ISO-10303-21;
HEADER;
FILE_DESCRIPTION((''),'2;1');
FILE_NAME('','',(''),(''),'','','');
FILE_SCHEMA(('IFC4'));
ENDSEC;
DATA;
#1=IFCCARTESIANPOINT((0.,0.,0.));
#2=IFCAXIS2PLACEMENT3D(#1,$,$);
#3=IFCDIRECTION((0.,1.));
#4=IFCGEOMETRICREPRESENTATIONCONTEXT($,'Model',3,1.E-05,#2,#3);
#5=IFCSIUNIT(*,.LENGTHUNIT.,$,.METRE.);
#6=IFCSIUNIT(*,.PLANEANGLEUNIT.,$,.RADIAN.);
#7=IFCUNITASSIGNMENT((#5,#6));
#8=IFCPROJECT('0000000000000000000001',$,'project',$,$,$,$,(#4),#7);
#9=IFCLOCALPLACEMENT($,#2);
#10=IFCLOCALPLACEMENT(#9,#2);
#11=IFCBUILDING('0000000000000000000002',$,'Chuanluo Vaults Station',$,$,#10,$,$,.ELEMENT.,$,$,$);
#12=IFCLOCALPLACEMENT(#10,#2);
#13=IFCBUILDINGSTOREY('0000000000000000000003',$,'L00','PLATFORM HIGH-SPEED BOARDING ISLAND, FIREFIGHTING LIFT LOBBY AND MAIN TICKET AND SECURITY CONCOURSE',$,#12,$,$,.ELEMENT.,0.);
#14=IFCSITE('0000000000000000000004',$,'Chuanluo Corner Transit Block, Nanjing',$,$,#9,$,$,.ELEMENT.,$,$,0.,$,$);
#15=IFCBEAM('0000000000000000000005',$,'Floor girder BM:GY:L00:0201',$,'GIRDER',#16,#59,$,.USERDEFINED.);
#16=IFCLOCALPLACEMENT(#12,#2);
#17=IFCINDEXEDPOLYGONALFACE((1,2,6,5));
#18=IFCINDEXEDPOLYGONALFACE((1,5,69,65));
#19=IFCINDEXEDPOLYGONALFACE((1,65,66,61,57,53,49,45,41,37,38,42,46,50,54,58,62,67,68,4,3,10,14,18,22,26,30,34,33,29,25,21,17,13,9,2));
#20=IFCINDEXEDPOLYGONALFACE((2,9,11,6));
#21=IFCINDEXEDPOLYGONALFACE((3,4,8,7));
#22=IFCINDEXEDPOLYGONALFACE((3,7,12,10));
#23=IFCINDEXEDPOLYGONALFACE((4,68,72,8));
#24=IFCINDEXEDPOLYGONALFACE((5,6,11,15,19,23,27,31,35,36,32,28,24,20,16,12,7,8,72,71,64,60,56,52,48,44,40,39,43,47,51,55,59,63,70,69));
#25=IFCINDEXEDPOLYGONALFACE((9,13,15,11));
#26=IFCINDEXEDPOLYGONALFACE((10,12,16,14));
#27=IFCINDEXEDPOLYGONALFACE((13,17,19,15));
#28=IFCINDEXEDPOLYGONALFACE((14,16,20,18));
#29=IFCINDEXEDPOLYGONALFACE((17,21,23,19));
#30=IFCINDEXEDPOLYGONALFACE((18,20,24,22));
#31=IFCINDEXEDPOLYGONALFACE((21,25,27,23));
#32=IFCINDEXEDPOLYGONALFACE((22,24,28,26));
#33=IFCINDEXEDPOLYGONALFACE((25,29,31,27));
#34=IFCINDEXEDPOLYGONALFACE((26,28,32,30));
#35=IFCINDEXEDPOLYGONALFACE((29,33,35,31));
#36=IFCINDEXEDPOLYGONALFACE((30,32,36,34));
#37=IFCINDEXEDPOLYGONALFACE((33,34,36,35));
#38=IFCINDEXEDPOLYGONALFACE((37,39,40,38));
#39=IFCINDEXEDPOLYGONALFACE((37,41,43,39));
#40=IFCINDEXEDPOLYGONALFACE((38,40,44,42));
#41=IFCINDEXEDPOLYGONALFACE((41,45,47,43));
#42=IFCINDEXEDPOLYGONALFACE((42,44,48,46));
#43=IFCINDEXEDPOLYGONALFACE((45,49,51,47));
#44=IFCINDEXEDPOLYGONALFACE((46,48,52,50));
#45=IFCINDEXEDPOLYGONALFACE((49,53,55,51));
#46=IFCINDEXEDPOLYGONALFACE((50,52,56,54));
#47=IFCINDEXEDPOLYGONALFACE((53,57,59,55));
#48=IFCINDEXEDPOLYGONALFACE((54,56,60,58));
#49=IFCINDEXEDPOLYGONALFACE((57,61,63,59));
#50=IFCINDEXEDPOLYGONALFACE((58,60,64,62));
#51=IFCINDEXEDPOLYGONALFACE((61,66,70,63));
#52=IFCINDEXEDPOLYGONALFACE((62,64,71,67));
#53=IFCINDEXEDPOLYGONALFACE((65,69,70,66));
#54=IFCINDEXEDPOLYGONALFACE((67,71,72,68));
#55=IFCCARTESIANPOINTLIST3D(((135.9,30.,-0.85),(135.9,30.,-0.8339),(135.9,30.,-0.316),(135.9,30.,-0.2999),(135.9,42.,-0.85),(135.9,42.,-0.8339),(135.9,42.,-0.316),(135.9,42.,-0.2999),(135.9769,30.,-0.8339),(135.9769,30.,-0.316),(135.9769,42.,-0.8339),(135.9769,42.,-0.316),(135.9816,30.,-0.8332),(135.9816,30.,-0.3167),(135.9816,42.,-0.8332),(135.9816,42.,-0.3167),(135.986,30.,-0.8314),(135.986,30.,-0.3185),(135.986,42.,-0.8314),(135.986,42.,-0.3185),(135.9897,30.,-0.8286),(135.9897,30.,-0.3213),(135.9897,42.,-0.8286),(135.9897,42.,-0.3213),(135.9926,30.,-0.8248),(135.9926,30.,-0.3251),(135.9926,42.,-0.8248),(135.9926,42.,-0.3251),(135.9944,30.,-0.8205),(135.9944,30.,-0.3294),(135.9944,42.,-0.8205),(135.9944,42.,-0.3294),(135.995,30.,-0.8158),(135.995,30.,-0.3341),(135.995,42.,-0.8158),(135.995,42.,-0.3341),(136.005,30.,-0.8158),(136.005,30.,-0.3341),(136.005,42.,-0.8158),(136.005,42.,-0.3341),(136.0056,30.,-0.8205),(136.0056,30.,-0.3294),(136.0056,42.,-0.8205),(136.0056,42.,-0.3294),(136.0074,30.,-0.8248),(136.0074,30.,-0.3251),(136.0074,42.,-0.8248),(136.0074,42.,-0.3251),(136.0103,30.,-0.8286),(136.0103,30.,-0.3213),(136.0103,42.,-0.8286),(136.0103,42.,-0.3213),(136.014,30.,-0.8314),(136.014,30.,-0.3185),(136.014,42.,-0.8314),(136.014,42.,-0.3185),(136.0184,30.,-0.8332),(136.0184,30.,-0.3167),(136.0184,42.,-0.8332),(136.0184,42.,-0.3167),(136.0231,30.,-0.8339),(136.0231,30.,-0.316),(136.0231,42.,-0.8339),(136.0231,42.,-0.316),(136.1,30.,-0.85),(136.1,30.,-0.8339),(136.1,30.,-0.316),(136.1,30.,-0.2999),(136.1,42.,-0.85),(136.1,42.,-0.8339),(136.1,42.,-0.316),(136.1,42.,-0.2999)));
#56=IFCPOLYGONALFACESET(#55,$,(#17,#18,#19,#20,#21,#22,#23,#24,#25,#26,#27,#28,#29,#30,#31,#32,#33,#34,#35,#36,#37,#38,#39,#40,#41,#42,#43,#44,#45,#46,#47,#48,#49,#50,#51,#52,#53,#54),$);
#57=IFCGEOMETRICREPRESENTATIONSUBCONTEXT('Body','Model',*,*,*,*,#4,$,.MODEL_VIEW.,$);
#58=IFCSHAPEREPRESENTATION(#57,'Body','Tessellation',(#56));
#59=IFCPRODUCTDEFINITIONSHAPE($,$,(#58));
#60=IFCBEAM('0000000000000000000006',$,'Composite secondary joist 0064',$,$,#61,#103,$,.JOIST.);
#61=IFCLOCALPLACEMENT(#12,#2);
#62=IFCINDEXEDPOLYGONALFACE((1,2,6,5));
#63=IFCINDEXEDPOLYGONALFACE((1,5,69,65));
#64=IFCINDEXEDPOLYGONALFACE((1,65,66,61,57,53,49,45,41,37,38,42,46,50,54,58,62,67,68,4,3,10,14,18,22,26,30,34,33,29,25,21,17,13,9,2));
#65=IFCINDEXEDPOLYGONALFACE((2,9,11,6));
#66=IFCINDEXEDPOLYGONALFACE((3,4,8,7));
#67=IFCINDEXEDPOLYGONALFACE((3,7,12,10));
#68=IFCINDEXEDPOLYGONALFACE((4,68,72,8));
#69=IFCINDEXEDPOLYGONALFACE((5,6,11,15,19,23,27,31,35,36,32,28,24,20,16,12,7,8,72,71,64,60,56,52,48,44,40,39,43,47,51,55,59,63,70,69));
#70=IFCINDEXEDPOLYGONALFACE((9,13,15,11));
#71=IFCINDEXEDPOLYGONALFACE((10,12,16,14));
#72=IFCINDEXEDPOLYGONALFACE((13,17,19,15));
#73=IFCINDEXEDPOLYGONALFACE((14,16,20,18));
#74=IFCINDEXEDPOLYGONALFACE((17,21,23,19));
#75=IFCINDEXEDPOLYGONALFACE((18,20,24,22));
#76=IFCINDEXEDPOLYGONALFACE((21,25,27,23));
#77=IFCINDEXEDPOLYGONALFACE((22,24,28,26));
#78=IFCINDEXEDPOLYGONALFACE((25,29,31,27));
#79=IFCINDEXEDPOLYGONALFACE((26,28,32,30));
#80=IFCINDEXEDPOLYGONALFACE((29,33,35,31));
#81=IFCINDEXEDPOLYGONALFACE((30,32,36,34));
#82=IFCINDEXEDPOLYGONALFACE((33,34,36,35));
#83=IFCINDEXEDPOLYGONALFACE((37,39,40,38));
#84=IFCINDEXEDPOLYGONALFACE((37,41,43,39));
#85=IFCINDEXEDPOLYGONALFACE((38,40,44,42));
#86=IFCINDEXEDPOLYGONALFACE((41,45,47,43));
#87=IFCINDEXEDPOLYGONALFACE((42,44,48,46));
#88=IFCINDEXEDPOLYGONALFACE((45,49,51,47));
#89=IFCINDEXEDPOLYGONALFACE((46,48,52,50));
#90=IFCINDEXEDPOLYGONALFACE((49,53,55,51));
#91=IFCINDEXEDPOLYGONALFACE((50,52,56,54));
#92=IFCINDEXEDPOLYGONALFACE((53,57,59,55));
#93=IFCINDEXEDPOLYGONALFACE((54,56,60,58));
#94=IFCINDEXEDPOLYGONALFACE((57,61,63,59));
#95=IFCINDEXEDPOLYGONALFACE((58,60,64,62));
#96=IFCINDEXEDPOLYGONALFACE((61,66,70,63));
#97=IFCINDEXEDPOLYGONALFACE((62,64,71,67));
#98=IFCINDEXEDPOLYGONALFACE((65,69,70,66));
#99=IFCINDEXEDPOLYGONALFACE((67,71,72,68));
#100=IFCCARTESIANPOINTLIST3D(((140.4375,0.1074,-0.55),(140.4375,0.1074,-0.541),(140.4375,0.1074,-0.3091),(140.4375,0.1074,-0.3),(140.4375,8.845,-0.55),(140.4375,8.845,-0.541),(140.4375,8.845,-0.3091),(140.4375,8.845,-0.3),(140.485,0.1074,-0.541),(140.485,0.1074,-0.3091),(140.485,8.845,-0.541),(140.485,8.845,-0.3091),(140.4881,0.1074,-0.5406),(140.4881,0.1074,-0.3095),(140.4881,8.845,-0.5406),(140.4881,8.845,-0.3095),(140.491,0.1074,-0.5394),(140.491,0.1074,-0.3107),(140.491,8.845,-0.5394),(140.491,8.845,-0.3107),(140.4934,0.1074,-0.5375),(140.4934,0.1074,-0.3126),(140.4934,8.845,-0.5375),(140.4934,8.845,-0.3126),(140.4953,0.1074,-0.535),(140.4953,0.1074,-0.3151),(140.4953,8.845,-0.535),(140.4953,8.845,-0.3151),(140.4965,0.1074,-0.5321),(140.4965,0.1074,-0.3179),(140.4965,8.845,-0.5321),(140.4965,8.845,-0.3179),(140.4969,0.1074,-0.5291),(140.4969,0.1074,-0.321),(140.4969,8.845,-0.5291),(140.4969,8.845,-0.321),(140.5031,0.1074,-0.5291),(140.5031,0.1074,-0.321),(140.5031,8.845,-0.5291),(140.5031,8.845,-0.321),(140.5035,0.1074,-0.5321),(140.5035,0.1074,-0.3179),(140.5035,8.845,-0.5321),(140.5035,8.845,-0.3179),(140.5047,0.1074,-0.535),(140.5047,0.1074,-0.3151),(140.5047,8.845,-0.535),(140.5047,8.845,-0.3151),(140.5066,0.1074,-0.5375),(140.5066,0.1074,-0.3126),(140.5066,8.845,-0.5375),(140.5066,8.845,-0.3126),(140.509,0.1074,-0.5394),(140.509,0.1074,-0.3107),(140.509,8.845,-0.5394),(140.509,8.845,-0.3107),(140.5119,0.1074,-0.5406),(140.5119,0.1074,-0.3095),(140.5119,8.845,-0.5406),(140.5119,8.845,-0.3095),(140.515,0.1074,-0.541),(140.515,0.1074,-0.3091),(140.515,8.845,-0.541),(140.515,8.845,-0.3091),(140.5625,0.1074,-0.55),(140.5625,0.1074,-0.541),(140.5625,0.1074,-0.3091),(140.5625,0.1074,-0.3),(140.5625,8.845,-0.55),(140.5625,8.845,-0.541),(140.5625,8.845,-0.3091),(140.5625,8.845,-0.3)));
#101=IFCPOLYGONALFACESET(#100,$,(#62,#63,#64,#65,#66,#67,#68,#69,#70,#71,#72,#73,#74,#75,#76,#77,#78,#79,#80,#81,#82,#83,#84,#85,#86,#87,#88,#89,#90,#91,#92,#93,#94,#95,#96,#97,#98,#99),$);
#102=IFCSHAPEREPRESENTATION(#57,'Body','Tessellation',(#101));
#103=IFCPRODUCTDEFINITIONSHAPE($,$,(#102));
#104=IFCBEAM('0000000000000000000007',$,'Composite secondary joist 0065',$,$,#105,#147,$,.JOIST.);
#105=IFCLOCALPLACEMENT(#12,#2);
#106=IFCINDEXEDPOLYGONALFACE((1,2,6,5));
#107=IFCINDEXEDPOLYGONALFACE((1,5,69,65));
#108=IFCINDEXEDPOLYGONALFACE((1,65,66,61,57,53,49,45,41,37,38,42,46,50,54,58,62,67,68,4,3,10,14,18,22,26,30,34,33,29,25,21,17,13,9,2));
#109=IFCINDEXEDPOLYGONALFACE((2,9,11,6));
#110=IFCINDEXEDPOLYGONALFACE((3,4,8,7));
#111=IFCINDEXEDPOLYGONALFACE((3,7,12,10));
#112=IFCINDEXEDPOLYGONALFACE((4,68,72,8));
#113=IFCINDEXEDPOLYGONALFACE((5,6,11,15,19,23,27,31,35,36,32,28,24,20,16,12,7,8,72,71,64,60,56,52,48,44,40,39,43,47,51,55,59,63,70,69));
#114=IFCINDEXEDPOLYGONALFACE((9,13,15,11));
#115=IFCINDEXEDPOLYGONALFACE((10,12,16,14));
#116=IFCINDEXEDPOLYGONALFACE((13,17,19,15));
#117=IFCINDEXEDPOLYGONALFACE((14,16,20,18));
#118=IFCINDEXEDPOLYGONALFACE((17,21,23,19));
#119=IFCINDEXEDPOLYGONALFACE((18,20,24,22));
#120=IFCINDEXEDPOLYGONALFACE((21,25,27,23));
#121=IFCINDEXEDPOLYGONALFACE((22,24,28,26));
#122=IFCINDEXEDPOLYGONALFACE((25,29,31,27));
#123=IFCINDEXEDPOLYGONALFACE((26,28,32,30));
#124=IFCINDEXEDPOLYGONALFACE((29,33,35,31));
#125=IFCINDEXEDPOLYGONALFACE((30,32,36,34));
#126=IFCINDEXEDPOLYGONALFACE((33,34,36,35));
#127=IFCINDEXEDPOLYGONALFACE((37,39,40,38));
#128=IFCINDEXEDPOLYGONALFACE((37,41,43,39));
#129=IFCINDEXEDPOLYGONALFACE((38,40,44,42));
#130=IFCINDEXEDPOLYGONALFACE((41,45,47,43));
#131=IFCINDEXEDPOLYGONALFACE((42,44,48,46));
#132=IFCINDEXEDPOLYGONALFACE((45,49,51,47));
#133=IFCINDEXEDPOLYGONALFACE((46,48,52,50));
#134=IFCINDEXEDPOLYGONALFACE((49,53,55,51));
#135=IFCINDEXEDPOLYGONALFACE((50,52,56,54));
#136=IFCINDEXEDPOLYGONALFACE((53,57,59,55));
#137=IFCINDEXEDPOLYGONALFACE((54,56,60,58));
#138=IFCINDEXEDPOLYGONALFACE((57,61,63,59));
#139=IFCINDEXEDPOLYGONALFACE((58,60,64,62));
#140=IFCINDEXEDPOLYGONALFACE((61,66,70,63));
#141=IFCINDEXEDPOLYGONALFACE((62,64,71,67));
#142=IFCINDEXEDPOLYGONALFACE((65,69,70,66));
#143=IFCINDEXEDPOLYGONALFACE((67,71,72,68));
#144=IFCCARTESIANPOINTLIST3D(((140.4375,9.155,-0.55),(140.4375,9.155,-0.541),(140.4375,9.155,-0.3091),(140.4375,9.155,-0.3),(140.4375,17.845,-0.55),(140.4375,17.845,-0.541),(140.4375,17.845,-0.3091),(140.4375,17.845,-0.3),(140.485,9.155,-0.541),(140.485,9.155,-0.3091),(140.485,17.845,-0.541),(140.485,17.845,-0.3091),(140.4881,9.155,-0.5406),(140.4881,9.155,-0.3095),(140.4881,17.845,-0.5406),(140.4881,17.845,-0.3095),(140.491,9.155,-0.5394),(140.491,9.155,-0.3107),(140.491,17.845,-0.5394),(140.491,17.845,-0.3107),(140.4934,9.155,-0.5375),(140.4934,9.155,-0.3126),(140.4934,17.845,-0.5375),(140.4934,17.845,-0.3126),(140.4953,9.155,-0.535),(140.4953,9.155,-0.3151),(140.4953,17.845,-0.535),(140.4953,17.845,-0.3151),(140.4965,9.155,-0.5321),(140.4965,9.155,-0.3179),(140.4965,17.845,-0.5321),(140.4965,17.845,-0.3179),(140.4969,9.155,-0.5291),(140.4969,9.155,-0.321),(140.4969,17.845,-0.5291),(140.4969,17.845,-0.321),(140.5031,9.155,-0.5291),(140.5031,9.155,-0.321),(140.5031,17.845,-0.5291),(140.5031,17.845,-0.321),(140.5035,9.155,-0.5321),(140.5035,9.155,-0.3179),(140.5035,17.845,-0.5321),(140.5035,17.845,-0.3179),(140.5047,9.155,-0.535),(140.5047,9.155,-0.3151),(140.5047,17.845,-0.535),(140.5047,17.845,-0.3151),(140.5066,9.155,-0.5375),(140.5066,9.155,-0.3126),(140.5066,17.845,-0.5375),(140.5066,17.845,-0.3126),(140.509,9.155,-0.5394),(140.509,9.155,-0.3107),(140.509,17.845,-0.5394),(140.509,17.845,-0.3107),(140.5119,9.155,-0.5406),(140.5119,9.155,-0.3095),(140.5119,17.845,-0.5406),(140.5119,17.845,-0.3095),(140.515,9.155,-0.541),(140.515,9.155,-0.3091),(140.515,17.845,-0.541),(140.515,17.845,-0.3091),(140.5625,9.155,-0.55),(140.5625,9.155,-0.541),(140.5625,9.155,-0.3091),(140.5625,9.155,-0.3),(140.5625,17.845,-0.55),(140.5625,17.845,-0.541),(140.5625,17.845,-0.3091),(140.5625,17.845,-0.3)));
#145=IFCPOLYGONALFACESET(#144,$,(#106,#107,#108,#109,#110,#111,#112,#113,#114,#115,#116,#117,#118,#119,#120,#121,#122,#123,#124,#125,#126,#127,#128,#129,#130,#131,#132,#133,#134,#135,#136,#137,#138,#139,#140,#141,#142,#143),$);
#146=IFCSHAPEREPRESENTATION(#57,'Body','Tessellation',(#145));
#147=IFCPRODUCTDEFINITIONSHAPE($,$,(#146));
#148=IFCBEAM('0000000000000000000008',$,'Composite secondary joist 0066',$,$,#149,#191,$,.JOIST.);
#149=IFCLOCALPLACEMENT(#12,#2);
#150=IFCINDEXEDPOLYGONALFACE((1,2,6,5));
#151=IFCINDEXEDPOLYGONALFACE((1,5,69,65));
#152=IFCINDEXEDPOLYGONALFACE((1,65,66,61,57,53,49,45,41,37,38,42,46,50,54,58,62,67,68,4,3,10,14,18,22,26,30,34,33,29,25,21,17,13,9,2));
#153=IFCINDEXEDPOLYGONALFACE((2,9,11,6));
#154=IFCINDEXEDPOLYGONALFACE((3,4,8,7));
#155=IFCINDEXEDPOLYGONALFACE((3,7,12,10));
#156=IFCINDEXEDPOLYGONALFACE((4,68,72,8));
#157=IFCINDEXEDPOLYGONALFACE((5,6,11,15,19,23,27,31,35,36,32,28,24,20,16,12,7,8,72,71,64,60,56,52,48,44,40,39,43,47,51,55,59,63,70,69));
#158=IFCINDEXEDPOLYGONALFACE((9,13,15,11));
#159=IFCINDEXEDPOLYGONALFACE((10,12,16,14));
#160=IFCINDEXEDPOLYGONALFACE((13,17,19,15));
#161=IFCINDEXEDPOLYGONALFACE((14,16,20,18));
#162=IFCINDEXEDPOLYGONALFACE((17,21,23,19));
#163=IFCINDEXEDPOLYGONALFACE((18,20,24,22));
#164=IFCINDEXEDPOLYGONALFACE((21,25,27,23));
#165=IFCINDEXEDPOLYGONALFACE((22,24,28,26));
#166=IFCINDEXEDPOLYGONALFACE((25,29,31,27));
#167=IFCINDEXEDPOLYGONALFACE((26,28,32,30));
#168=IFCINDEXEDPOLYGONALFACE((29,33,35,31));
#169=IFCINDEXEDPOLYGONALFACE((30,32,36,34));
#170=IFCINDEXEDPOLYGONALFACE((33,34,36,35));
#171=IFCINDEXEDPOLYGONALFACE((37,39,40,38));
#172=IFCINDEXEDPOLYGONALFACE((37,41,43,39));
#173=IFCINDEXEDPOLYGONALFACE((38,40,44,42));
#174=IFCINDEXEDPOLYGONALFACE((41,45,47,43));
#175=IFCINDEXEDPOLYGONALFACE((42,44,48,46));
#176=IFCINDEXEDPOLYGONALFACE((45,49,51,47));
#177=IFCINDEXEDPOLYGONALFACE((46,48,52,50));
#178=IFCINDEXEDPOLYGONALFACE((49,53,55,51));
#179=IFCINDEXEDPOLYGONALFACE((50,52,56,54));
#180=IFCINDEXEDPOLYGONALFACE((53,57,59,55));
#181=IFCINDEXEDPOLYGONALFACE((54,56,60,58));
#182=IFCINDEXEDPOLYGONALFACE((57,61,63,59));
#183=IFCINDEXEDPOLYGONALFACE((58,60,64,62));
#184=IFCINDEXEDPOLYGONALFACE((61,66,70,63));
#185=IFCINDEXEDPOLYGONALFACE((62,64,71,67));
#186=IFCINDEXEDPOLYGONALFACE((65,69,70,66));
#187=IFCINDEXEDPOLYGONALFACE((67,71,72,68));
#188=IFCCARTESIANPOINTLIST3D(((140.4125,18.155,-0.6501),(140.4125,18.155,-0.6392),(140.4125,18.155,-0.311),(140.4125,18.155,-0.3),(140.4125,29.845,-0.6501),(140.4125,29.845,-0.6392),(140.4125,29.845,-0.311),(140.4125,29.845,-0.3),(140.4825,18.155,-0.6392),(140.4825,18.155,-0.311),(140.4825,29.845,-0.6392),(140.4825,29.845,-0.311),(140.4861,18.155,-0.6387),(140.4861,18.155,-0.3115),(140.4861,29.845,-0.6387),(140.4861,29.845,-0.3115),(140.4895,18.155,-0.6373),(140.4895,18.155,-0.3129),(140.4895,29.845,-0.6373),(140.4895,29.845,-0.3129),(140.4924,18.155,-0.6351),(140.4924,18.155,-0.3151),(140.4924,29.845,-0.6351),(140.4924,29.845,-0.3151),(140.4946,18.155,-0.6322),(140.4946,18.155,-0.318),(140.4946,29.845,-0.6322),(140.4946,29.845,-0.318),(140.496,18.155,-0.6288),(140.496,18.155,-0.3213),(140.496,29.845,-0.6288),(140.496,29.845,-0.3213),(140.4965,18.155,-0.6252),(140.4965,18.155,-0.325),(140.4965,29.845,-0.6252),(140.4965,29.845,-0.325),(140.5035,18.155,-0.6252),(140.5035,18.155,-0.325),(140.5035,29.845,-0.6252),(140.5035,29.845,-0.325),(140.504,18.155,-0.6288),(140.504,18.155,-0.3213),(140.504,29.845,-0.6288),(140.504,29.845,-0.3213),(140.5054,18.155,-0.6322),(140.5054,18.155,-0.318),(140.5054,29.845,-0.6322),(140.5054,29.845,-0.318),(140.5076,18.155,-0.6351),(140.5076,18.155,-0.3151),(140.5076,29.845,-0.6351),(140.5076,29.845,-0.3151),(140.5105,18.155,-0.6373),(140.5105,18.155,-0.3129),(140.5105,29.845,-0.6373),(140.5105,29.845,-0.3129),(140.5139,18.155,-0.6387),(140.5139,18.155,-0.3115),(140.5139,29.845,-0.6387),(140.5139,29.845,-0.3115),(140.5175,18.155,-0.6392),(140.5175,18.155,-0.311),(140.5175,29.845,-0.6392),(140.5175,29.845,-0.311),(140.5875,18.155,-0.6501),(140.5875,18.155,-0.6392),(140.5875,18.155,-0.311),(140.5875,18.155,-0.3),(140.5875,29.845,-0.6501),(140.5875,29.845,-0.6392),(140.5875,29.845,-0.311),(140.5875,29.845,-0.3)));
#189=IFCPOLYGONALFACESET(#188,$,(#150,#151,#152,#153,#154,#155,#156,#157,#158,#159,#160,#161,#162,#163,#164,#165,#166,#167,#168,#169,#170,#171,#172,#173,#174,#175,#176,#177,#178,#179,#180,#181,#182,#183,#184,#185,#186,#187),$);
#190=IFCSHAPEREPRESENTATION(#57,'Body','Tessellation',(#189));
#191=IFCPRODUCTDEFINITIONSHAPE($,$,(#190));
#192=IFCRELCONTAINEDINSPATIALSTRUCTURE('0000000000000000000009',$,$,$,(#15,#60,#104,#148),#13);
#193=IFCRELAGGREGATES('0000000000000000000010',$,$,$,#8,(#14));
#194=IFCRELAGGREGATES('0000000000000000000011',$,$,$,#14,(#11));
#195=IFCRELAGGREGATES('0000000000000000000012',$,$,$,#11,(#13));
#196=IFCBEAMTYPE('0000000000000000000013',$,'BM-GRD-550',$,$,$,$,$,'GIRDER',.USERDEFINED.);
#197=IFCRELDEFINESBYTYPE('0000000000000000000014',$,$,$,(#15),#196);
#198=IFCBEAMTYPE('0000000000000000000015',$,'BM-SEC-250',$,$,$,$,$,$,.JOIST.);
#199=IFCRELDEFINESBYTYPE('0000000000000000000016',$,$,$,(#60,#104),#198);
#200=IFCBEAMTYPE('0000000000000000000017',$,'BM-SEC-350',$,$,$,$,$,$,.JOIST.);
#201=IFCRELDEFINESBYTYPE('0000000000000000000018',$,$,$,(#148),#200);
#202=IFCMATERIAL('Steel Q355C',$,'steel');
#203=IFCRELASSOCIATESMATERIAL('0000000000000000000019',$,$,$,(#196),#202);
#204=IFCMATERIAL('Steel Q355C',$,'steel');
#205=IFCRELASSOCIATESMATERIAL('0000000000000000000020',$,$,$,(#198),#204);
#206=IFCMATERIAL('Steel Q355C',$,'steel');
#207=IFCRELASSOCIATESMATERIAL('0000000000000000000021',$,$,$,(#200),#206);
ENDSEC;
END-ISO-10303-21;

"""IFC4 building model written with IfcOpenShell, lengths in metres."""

from ifc_helpers import new_model, si_unit, direction, frame, origin, origin_2d, place, context, subcontext, project, spatial, i_section, extrude, material, material_profile, profile_set, type_object, element, save


model = new_model("IFC4")

# Units and contexts
model_context = context("Model", 3, precision=1e-05, world=origin(), true_north=direction((0.0, 1.0)))
body_context = subcontext(model_context, "Body", "Model", "MODEL_VIEW")
ifc_project = project(units=[si_unit("LENGTHUNIT", "METRE"), si_unit("PLANEANGLEUNIT", "RADIAN")], contexts=[model_context])

# Site, building, storey
site_placement = place(None, origin())
site = spatial("IfcSite", under=ifc_project, at=site_placement, Name="Chuanluo Corner Transit Block, Nanjing", CompositionType="ELEMENT", RefElevation=0.0)
building_placement = place(site_placement, origin())
building = spatial("IfcBuilding", under=site, at=building_placement, Name="Chuanluo Vaults Station", CompositionType="ELEMENT")
storey_placement = place(building_placement, origin())
storey = spatial("IfcBuildingStorey", under=building, at=storey_placement, Name="L00", Description="PLATFORM HIGH-SPEED BOARDING ISLAND, FIREFIGHTING LIFT LOBBY AND MAIN TICKET AND SECURITY CONCOURSE", CompositionType="ELEMENT", Elevation=0.0)

# Beams
ifc_material_1 = material(Name="Steel Q355C", Category="steel")
ifc_material_profile_1 = material_profile(ifc_material_1, i_section(OverallWidth=0.2, OverallDepth=0.55, WebThickness=0.01, FlangeThickness=0.0161, FilletRadius=0.0181, at=origin_2d()))
ifc_profile_set_1 = profile_set([ifc_material_profile_1], Name="Steel Q355C")
beam_type_1 = type_object("IfcBeamType", Name="BM-GRD-550", ElementType="GIRDER", PredefinedType="USERDEFINED", material=ifc_profile_set_1)
beam_1_placement = place(storey_placement, frame((136.0, 30.0, -0.575), z_axis=(0.0, 1.0, 0.0), x_axis=(-1.0, 0.0, 0.0)))
element("IfcBeam", 1, at=beam_1_placement, inside=storey, type_object=beam_type_1, Name="Floor girder BM:GY:L00:0201", ObjectType="GIRDER", PredefinedType="USERDEFINED", context=body_context, shape_type="SweptSolid", body=[
    extrude(i_section(OverallWidth=0.2, OverallDepth=0.55, WebThickness=0.01, FlangeThickness=0.0161, FilletRadius=0.0181, at=origin_2d()), origin(), (0.0, 0.0, 1.0), 12.0),
])
ifc_material_2 = material(Name="Steel Q355C", Category="steel")
ifc_material_profile_2 = material_profile(ifc_material_2, i_section(OverallWidth=0.125, OverallDepth=0.25, WebThickness=0.0061, FlangeThickness=0.009, FilletRadius=0.012, at=origin_2d()))
ifc_profile_set_2 = profile_set([ifc_material_profile_2], Name="Steel Q355C")
beam_type_2 = type_object("IfcBeamType", Name="BM-SEC-250", PredefinedType="JOIST", material=ifc_profile_set_2)
beam_2_placement = place(storey_placement, frame((140.5, 0.1074, -0.425), z_axis=(0.0, 1.0, 0.0), x_axis=(-1.0, 0.0, 0.0)))
element("IfcBeam", 2, at=beam_2_placement, inside=storey, type_object=beam_type_2, Name="Composite secondary joist 0064", PredefinedType="JOIST", context=body_context, shape_type="SweptSolid", body=[
    extrude(i_section(OverallWidth=0.125, OverallDepth=0.25, WebThickness=0.0061, FlangeThickness=0.009, FilletRadius=0.012, at=origin_2d()), origin(), (0.0, 0.0, 1.0), 8.7375),
])
beam_3_placement = place(storey_placement, frame((140.5, 9.155, -0.425), z_axis=(0.0, 1.0, 0.0), x_axis=(-1.0, 0.0, 0.0)))
element("IfcBeam", 3, at=beam_3_placement, inside=storey, type_object=beam_type_2, Name="Composite secondary joist 0065", PredefinedType="JOIST", context=body_context, shape_type="SweptSolid", body=[
    extrude(i_section(OverallWidth=0.125, OverallDepth=0.25, WebThickness=0.0061, FlangeThickness=0.009, FilletRadius=0.012, at=origin_2d()), origin(), (0.0, 0.0, 1.0), 8.6899),
])
ifc_material_3 = material(Name="Steel Q355C", Category="steel")
ifc_material_profile_3 = material_profile(ifc_material_3, i_section(OverallWidth=0.175, OverallDepth=0.3501, WebThickness=0.0071, FlangeThickness=0.011, FilletRadius=0.0139, at=origin_2d()))
ifc_profile_set_3 = profile_set([ifc_material_profile_3], Name="Steel Q355C")
beam_type_3 = type_object("IfcBeamType", Name="BM-SEC-350", PredefinedType="JOIST", material=ifc_profile_set_3)
beam_4_placement = place(storey_placement, frame((140.5, 18.155, -0.4751), z_axis=(0.0, 1.0, 0.0), x_axis=(-1.0, 0.0, 0.0)))
element("IfcBeam", 4, at=beam_4_placement, inside=storey, type_object=beam_type_3, Name="Composite secondary joist 0066", PredefinedType="JOIST", context=body_context, shape_type="SweptSolid", body=[
    extrude(i_section(OverallWidth=0.175, OverallDepth=0.3501, WebThickness=0.0071, FlangeThickness=0.011, FilletRadius=0.0139, at=origin_2d()), origin(), (0.0, 0.0, 1.0), 11.6899),
])

save(model, "model.ifc")
